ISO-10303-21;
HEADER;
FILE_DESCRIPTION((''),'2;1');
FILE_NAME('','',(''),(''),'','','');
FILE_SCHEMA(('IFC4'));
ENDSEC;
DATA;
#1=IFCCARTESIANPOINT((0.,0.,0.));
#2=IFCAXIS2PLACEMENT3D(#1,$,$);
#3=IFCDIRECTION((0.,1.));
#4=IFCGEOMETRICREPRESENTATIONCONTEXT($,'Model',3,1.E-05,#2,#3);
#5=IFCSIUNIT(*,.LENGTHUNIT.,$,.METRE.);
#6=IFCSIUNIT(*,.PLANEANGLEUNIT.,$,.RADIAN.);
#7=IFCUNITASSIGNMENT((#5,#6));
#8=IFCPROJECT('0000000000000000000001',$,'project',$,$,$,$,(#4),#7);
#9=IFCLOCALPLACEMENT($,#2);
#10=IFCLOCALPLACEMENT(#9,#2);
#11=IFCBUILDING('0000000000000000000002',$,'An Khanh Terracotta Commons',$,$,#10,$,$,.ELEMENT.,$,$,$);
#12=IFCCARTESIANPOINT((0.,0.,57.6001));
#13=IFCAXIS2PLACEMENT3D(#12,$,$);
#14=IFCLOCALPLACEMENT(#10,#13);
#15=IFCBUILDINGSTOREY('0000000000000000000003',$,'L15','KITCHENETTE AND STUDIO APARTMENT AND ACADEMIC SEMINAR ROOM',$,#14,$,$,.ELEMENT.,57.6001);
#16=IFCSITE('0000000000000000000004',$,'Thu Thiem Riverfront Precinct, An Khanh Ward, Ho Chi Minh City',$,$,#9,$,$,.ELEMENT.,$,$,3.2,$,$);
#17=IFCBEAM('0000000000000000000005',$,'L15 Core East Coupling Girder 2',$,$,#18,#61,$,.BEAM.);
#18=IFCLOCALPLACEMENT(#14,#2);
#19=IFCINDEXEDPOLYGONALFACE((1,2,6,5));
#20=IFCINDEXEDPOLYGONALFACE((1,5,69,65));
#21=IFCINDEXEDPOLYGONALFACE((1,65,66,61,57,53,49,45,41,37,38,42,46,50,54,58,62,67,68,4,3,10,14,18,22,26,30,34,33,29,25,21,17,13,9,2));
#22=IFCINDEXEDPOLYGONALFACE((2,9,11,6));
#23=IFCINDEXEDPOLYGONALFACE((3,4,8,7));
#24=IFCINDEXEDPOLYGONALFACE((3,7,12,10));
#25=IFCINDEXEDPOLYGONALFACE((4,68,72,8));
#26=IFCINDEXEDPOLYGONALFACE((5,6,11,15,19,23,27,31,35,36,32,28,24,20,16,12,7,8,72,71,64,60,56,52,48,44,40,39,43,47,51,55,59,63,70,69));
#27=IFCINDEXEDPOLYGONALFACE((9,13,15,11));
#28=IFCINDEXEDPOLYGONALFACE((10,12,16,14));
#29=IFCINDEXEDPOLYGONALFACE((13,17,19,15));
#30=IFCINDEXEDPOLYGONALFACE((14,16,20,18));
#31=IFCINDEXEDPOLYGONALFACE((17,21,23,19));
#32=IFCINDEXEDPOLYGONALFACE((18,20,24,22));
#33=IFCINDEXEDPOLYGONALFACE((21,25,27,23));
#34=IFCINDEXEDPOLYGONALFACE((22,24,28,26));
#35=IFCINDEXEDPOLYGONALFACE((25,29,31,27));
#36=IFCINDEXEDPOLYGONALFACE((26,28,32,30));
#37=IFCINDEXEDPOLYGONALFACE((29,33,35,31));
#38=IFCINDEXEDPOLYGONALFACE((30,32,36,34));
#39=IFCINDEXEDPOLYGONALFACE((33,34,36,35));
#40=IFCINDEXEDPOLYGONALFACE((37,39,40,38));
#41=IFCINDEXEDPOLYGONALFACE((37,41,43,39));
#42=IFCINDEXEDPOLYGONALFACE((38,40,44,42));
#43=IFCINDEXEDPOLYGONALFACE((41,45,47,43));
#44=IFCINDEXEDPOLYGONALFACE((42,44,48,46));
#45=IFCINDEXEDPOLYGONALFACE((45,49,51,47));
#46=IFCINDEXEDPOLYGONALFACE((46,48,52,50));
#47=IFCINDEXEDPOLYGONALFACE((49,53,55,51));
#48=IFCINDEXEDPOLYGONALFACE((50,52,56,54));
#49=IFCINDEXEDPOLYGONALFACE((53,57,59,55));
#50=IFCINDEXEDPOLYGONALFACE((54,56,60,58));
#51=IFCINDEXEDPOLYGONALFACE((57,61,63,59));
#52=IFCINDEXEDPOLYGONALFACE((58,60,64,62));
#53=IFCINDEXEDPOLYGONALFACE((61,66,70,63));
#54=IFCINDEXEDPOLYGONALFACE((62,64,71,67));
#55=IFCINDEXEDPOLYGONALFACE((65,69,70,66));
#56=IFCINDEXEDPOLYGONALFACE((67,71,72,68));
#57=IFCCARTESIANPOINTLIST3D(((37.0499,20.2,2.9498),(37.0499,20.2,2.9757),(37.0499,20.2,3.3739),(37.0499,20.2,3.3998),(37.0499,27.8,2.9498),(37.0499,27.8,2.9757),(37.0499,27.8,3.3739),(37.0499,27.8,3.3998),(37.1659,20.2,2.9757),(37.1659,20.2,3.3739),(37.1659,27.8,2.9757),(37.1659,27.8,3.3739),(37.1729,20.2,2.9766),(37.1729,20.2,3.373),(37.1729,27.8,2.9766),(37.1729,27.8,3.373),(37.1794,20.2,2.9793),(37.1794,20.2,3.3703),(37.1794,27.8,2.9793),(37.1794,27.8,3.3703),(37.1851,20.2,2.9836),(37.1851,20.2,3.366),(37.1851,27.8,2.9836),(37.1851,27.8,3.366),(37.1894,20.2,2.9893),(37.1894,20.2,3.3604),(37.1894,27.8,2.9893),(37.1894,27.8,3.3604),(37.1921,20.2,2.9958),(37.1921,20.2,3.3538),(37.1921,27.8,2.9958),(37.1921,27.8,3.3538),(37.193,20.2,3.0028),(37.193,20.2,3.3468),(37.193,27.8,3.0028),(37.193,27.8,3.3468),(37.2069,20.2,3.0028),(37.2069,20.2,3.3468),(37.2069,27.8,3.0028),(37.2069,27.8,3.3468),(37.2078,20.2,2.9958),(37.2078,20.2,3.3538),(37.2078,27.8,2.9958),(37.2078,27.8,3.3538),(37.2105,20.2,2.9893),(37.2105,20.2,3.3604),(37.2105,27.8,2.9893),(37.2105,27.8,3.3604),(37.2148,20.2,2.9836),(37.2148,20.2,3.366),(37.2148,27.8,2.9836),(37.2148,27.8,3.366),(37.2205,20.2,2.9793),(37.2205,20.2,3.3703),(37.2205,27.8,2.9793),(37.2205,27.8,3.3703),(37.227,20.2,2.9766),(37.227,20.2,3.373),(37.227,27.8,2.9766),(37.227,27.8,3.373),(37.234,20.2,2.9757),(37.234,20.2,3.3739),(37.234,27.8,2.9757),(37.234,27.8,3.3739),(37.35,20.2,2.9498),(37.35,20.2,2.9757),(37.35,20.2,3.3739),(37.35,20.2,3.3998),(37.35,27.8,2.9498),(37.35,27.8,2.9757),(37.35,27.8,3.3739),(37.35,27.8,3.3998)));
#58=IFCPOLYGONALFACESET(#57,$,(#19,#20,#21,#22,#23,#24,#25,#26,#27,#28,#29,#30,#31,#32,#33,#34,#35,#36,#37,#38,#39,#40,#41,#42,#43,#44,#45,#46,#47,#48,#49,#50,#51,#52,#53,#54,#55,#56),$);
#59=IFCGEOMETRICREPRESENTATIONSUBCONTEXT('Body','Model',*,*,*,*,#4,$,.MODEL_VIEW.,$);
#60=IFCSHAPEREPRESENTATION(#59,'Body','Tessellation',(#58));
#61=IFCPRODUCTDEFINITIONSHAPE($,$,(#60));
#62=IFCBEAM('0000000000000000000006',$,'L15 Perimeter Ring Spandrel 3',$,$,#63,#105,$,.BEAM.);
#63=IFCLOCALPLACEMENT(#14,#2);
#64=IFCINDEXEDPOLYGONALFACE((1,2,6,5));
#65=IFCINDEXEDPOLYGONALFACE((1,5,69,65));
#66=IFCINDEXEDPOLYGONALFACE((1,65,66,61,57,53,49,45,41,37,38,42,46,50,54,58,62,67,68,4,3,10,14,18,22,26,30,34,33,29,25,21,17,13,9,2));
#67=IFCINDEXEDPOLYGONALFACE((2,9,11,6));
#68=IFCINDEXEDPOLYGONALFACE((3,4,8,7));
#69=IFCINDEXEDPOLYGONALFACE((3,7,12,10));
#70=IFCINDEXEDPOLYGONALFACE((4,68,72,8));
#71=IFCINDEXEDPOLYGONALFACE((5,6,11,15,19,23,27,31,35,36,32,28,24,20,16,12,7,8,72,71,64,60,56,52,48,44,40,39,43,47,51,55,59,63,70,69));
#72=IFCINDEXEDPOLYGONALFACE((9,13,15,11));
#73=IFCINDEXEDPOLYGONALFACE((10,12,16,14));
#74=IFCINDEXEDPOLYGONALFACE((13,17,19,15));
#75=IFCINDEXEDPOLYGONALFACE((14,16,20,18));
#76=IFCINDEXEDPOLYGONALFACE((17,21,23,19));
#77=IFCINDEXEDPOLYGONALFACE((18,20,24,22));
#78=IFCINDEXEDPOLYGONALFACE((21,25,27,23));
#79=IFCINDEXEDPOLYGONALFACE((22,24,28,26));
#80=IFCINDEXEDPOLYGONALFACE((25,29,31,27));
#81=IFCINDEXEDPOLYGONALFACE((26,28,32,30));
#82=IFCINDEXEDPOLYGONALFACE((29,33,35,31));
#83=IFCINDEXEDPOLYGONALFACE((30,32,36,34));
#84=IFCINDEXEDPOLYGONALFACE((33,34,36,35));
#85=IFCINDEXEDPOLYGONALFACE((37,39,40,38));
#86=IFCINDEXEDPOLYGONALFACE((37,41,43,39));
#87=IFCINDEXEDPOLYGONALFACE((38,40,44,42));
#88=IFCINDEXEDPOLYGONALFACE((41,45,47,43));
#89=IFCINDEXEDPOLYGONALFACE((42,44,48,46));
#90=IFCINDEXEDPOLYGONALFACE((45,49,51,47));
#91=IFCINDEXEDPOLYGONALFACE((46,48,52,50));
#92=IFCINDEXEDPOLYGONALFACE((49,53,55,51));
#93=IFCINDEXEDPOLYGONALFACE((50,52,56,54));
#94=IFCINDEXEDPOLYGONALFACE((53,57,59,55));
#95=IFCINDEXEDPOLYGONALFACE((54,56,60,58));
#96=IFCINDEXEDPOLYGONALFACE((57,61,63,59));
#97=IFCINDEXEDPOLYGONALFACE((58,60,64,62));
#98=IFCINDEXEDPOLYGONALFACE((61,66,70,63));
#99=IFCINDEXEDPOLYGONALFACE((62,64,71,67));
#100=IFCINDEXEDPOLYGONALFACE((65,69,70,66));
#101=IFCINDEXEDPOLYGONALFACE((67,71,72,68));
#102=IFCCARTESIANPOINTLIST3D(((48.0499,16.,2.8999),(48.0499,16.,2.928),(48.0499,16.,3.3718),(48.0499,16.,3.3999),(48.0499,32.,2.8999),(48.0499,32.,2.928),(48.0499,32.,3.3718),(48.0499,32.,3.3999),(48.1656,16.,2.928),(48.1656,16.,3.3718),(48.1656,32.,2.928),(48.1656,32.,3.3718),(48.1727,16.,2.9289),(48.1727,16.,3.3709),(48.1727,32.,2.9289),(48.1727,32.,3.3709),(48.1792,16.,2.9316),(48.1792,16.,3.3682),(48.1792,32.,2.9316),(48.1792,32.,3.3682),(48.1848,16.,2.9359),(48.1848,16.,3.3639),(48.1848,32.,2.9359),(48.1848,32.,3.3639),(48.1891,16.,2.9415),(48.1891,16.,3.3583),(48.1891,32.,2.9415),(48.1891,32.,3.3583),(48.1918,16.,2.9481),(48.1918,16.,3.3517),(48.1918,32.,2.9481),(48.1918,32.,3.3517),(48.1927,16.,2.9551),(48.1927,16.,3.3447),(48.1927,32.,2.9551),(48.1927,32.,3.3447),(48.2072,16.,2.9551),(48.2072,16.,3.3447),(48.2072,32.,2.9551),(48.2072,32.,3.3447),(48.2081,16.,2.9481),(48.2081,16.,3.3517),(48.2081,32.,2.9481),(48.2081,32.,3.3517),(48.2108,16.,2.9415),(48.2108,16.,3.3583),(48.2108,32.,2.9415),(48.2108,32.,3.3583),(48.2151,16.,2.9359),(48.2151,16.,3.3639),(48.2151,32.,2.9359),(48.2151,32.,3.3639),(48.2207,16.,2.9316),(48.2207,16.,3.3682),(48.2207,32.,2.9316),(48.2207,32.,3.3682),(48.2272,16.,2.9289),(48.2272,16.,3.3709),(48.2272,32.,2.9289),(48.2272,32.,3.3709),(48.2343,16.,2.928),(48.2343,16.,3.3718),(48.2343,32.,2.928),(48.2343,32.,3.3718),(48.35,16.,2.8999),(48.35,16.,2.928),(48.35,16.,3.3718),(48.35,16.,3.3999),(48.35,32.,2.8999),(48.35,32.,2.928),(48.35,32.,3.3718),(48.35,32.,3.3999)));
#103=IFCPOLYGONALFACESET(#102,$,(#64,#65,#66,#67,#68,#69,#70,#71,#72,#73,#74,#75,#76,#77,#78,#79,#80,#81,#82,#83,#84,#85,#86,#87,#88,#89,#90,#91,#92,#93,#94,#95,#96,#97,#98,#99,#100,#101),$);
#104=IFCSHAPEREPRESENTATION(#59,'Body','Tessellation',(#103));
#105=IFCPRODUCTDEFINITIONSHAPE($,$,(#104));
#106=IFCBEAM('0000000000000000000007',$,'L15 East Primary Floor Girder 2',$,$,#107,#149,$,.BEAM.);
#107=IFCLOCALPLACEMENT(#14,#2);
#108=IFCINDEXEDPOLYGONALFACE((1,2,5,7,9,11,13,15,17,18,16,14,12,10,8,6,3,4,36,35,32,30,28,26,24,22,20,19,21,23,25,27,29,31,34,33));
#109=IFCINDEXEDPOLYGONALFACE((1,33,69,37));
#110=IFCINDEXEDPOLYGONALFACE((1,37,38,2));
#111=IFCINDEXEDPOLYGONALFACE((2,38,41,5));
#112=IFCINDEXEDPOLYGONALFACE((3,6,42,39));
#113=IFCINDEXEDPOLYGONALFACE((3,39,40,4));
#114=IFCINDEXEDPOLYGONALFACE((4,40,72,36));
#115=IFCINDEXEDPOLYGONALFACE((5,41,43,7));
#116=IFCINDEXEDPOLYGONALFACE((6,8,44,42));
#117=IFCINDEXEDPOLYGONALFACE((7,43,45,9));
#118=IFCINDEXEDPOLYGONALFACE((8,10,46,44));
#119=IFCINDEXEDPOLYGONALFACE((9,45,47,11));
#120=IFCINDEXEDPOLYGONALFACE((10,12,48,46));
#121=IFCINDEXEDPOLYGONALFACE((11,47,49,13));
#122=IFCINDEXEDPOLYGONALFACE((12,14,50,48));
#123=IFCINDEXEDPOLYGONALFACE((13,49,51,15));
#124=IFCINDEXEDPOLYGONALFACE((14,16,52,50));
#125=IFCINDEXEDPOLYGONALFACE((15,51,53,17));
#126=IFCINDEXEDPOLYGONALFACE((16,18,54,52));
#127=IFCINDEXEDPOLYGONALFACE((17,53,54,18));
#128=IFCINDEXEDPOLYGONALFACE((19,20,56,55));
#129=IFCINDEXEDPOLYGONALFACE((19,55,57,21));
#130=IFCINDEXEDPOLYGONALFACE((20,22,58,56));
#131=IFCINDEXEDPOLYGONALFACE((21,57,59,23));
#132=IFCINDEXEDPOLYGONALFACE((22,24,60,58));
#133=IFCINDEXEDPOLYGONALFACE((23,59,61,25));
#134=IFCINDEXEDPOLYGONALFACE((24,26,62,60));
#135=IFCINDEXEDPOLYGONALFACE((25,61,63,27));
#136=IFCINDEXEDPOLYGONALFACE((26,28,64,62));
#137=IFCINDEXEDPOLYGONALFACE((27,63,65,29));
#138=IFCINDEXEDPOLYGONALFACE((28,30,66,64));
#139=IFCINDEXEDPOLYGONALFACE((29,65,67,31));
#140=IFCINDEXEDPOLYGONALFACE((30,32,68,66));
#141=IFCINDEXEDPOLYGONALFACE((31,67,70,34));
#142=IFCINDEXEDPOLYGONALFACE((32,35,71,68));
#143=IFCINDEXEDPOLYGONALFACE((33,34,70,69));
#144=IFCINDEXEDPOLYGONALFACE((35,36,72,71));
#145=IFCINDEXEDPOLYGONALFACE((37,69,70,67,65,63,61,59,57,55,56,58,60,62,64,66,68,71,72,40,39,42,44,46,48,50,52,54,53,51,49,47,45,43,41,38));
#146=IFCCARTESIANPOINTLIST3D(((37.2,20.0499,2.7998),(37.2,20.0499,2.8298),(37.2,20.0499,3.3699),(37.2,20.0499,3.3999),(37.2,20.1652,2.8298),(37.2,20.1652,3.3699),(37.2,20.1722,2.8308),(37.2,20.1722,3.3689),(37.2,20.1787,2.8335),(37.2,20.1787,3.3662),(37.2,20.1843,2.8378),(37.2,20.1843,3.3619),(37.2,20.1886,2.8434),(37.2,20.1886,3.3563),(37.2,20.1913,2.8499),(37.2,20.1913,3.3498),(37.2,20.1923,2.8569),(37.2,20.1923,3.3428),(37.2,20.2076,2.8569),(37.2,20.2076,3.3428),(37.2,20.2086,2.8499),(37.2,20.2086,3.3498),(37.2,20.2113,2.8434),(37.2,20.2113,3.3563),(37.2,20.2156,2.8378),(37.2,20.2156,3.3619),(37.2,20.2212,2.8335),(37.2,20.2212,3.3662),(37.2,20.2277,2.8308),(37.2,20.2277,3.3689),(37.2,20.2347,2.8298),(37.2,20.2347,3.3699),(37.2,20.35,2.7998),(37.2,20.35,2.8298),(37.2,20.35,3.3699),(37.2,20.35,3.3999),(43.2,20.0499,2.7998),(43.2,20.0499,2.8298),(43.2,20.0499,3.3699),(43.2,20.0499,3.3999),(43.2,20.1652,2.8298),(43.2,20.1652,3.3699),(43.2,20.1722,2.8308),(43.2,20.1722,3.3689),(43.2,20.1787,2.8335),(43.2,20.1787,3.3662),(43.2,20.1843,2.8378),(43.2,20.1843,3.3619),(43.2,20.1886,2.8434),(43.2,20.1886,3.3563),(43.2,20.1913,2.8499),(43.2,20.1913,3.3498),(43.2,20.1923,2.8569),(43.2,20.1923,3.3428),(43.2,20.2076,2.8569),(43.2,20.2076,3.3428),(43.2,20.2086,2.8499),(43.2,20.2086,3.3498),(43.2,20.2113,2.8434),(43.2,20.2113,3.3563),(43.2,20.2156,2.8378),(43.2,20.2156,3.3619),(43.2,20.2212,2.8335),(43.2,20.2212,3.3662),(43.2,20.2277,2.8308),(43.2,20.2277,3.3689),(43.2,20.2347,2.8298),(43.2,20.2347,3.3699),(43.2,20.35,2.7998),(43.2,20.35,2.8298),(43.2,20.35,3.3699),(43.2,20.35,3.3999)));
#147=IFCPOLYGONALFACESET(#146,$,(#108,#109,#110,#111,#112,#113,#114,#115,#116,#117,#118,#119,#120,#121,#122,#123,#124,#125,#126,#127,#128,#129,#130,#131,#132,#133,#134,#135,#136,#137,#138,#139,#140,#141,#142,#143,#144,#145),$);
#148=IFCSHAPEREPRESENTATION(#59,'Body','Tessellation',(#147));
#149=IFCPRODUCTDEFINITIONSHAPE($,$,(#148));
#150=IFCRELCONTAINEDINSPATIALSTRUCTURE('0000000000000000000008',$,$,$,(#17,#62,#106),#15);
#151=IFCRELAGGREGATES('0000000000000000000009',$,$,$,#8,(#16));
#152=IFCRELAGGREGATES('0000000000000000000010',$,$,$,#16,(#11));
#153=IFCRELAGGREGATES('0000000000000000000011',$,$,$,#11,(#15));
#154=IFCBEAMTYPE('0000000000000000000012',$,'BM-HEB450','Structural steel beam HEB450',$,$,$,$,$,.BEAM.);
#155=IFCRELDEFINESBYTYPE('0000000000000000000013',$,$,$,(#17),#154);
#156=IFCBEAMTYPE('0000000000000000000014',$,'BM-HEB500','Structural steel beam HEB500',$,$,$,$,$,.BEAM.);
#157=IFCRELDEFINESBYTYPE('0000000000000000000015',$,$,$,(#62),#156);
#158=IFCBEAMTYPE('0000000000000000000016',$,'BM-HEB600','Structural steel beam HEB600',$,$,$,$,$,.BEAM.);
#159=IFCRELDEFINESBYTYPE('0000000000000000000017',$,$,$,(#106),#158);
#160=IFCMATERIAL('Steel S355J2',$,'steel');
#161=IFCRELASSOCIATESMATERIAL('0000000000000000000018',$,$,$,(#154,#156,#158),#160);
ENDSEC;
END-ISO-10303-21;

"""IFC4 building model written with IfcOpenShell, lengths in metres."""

from ifc_helpers import new_model, si_unit, direction, frame, origin, origin_2d, place, context, subcontext, project, spatial, i_section, extrude, material, material_profile, profile_set, type_object, element, save


model = new_model("IFC4")

# Units and contexts
model_context = context("Model", 3, precision=1e-05, world=origin(), true_north=direction((0.0, 1.0)))
body_context = subcontext(model_context, "Body", "Model", "MODEL_VIEW")
ifc_project = project(units=[si_unit("LENGTHUNIT", "METRE"), si_unit("PLANEANGLEUNIT", "RADIAN")], contexts=[model_context])

# Site, building, storey
site_placement = place(None, origin())
site = spatial("IfcSite", under=ifc_project, at=site_placement, Name="Thu Thiem Riverfront Precinct, An Khanh Ward, Ho Chi Minh City", CompositionType="ELEMENT", RefElevation=3.2)
building_placement = place(site_placement, origin())
building = spatial("IfcBuilding", under=site, at=building_placement, Name="An Khanh Terracotta Commons", CompositionType="ELEMENT")
storey_placement = place(building_placement, frame((0.0, 0.0, 57.6001)))
storey = spatial("IfcBuildingStorey", under=building, at=storey_placement, Name="L15", Description="KITCHENETTE AND STUDIO APARTMENT AND ACADEMIC SEMINAR ROOM", CompositionType="ELEMENT", Elevation=57.6001)

# Beams
ifc_material_1 = material(Name="Steel S355J2", Category="steel")
ifc_material_profile_1 = material_profile(ifc_material_1, i_section(OverallWidth=0.3, OverallDepth=0.45, WebThickness=0.0139, FlangeThickness=0.0259, FilletRadius=0.0271, at=origin_2d()), Name="HEB450")
ifc_profile_set_1 = profile_set([ifc_material_profile_1], Name="Steel S355J2")
beam_type_1 = type_object("IfcBeamType", Name="BM-HEB450", Description="Structural steel beam HEB450", PredefinedType="BEAM", material=ifc_profile_set_1)
beam_1_placement = place(storey_placement, frame((37.2, 20.2, 3.1748), z_axis=(0.0, 1.0, 0.0), x_axis=(-1.0, 0.0, 0.0)))
element("IfcBeam", 1, at=beam_1_placement, inside=storey, type_object=beam_type_1, Name="L15 Core East Coupling Girder 2", PredefinedType="BEAM", context=body_context, shape_type="SweptSolid", body=[
    extrude(i_section(OverallWidth=0.3, OverallDepth=0.45, WebThickness=0.0139, FlangeThickness=0.0259, FilletRadius=0.0271, at=origin_2d()), origin(), (0.0, 0.0, 1.0), 7.6001),
])
ifc_material_profile_2 = material_profile(ifc_material_1, i_section(OverallWidth=0.3, OverallDepth=0.5, WebThickness=0.0144, FlangeThickness=0.0281, FilletRadius=0.0271, at=origin_2d()), Name="HEB500")
ifc_profile_set_2 = profile_set([ifc_material_profile_2], Name="Steel S355J2")
beam_type_2 = type_object("IfcBeamType", Name="BM-HEB500", Description="Structural steel beam HEB500", PredefinedType="BEAM", material=ifc_profile_set_2)
beam_2_placement = place(storey_placement, frame((48.2, 16.0, 3.1499), z_axis=(0.0, 1.0, 0.0), x_axis=(-1.0, 0.0, 0.0)))
element("IfcBeam", 2, at=beam_2_placement, inside=storey, type_object=beam_type_2, Name="L15 Perimeter Ring Spandrel 3", PredefinedType="BEAM", context=body_context, shape_type="SweptSolid", body=[
    extrude(i_section(OverallWidth=0.3, OverallDepth=0.5, WebThickness=0.0144, FlangeThickness=0.0281, FilletRadius=0.0271, at=origin_2d()), origin(), (0.0, 0.0, 1.0), 16.0),
])
ifc_material_profile_3 = material_profile(ifc_material_1, i_section(OverallWidth=0.3, OverallDepth=0.6001, WebThickness=0.0154, FlangeThickness=0.03, FilletRadius=0.0271, at=origin_2d()), Name="HEB600")
ifc_profile_set_3 = profile_set([ifc_material_profile_3], Name="Steel S355J2")
beam_type_3 = type_object("IfcBeamType", Name="BM-HEB600", Description="Structural steel beam HEB600", PredefinedType="BEAM", material=ifc_profile_set_3)
beam_3_placement = place(storey_placement, frame((37.2, 20.2, 3.0999), z_axis=(1.0, 0.0, 0.0), x_axis=(0.0, 1.0, 0.0)))
element("IfcBeam", 3, at=beam_3_placement, inside=storey, type_object=beam_type_3, Name="L15 East Primary Floor Girder 2", PredefinedType="BEAM", context=body_context, shape_type="SweptSolid", body=[
    extrude(i_section(OverallWidth=0.3, OverallDepth=0.6001, WebThickness=0.0154, FlangeThickness=0.03, FilletRadius=0.0271, at=origin_2d()), origin(), (0.0, 0.0, 1.0), 6.0),
])

save(model, "model.ifc")
